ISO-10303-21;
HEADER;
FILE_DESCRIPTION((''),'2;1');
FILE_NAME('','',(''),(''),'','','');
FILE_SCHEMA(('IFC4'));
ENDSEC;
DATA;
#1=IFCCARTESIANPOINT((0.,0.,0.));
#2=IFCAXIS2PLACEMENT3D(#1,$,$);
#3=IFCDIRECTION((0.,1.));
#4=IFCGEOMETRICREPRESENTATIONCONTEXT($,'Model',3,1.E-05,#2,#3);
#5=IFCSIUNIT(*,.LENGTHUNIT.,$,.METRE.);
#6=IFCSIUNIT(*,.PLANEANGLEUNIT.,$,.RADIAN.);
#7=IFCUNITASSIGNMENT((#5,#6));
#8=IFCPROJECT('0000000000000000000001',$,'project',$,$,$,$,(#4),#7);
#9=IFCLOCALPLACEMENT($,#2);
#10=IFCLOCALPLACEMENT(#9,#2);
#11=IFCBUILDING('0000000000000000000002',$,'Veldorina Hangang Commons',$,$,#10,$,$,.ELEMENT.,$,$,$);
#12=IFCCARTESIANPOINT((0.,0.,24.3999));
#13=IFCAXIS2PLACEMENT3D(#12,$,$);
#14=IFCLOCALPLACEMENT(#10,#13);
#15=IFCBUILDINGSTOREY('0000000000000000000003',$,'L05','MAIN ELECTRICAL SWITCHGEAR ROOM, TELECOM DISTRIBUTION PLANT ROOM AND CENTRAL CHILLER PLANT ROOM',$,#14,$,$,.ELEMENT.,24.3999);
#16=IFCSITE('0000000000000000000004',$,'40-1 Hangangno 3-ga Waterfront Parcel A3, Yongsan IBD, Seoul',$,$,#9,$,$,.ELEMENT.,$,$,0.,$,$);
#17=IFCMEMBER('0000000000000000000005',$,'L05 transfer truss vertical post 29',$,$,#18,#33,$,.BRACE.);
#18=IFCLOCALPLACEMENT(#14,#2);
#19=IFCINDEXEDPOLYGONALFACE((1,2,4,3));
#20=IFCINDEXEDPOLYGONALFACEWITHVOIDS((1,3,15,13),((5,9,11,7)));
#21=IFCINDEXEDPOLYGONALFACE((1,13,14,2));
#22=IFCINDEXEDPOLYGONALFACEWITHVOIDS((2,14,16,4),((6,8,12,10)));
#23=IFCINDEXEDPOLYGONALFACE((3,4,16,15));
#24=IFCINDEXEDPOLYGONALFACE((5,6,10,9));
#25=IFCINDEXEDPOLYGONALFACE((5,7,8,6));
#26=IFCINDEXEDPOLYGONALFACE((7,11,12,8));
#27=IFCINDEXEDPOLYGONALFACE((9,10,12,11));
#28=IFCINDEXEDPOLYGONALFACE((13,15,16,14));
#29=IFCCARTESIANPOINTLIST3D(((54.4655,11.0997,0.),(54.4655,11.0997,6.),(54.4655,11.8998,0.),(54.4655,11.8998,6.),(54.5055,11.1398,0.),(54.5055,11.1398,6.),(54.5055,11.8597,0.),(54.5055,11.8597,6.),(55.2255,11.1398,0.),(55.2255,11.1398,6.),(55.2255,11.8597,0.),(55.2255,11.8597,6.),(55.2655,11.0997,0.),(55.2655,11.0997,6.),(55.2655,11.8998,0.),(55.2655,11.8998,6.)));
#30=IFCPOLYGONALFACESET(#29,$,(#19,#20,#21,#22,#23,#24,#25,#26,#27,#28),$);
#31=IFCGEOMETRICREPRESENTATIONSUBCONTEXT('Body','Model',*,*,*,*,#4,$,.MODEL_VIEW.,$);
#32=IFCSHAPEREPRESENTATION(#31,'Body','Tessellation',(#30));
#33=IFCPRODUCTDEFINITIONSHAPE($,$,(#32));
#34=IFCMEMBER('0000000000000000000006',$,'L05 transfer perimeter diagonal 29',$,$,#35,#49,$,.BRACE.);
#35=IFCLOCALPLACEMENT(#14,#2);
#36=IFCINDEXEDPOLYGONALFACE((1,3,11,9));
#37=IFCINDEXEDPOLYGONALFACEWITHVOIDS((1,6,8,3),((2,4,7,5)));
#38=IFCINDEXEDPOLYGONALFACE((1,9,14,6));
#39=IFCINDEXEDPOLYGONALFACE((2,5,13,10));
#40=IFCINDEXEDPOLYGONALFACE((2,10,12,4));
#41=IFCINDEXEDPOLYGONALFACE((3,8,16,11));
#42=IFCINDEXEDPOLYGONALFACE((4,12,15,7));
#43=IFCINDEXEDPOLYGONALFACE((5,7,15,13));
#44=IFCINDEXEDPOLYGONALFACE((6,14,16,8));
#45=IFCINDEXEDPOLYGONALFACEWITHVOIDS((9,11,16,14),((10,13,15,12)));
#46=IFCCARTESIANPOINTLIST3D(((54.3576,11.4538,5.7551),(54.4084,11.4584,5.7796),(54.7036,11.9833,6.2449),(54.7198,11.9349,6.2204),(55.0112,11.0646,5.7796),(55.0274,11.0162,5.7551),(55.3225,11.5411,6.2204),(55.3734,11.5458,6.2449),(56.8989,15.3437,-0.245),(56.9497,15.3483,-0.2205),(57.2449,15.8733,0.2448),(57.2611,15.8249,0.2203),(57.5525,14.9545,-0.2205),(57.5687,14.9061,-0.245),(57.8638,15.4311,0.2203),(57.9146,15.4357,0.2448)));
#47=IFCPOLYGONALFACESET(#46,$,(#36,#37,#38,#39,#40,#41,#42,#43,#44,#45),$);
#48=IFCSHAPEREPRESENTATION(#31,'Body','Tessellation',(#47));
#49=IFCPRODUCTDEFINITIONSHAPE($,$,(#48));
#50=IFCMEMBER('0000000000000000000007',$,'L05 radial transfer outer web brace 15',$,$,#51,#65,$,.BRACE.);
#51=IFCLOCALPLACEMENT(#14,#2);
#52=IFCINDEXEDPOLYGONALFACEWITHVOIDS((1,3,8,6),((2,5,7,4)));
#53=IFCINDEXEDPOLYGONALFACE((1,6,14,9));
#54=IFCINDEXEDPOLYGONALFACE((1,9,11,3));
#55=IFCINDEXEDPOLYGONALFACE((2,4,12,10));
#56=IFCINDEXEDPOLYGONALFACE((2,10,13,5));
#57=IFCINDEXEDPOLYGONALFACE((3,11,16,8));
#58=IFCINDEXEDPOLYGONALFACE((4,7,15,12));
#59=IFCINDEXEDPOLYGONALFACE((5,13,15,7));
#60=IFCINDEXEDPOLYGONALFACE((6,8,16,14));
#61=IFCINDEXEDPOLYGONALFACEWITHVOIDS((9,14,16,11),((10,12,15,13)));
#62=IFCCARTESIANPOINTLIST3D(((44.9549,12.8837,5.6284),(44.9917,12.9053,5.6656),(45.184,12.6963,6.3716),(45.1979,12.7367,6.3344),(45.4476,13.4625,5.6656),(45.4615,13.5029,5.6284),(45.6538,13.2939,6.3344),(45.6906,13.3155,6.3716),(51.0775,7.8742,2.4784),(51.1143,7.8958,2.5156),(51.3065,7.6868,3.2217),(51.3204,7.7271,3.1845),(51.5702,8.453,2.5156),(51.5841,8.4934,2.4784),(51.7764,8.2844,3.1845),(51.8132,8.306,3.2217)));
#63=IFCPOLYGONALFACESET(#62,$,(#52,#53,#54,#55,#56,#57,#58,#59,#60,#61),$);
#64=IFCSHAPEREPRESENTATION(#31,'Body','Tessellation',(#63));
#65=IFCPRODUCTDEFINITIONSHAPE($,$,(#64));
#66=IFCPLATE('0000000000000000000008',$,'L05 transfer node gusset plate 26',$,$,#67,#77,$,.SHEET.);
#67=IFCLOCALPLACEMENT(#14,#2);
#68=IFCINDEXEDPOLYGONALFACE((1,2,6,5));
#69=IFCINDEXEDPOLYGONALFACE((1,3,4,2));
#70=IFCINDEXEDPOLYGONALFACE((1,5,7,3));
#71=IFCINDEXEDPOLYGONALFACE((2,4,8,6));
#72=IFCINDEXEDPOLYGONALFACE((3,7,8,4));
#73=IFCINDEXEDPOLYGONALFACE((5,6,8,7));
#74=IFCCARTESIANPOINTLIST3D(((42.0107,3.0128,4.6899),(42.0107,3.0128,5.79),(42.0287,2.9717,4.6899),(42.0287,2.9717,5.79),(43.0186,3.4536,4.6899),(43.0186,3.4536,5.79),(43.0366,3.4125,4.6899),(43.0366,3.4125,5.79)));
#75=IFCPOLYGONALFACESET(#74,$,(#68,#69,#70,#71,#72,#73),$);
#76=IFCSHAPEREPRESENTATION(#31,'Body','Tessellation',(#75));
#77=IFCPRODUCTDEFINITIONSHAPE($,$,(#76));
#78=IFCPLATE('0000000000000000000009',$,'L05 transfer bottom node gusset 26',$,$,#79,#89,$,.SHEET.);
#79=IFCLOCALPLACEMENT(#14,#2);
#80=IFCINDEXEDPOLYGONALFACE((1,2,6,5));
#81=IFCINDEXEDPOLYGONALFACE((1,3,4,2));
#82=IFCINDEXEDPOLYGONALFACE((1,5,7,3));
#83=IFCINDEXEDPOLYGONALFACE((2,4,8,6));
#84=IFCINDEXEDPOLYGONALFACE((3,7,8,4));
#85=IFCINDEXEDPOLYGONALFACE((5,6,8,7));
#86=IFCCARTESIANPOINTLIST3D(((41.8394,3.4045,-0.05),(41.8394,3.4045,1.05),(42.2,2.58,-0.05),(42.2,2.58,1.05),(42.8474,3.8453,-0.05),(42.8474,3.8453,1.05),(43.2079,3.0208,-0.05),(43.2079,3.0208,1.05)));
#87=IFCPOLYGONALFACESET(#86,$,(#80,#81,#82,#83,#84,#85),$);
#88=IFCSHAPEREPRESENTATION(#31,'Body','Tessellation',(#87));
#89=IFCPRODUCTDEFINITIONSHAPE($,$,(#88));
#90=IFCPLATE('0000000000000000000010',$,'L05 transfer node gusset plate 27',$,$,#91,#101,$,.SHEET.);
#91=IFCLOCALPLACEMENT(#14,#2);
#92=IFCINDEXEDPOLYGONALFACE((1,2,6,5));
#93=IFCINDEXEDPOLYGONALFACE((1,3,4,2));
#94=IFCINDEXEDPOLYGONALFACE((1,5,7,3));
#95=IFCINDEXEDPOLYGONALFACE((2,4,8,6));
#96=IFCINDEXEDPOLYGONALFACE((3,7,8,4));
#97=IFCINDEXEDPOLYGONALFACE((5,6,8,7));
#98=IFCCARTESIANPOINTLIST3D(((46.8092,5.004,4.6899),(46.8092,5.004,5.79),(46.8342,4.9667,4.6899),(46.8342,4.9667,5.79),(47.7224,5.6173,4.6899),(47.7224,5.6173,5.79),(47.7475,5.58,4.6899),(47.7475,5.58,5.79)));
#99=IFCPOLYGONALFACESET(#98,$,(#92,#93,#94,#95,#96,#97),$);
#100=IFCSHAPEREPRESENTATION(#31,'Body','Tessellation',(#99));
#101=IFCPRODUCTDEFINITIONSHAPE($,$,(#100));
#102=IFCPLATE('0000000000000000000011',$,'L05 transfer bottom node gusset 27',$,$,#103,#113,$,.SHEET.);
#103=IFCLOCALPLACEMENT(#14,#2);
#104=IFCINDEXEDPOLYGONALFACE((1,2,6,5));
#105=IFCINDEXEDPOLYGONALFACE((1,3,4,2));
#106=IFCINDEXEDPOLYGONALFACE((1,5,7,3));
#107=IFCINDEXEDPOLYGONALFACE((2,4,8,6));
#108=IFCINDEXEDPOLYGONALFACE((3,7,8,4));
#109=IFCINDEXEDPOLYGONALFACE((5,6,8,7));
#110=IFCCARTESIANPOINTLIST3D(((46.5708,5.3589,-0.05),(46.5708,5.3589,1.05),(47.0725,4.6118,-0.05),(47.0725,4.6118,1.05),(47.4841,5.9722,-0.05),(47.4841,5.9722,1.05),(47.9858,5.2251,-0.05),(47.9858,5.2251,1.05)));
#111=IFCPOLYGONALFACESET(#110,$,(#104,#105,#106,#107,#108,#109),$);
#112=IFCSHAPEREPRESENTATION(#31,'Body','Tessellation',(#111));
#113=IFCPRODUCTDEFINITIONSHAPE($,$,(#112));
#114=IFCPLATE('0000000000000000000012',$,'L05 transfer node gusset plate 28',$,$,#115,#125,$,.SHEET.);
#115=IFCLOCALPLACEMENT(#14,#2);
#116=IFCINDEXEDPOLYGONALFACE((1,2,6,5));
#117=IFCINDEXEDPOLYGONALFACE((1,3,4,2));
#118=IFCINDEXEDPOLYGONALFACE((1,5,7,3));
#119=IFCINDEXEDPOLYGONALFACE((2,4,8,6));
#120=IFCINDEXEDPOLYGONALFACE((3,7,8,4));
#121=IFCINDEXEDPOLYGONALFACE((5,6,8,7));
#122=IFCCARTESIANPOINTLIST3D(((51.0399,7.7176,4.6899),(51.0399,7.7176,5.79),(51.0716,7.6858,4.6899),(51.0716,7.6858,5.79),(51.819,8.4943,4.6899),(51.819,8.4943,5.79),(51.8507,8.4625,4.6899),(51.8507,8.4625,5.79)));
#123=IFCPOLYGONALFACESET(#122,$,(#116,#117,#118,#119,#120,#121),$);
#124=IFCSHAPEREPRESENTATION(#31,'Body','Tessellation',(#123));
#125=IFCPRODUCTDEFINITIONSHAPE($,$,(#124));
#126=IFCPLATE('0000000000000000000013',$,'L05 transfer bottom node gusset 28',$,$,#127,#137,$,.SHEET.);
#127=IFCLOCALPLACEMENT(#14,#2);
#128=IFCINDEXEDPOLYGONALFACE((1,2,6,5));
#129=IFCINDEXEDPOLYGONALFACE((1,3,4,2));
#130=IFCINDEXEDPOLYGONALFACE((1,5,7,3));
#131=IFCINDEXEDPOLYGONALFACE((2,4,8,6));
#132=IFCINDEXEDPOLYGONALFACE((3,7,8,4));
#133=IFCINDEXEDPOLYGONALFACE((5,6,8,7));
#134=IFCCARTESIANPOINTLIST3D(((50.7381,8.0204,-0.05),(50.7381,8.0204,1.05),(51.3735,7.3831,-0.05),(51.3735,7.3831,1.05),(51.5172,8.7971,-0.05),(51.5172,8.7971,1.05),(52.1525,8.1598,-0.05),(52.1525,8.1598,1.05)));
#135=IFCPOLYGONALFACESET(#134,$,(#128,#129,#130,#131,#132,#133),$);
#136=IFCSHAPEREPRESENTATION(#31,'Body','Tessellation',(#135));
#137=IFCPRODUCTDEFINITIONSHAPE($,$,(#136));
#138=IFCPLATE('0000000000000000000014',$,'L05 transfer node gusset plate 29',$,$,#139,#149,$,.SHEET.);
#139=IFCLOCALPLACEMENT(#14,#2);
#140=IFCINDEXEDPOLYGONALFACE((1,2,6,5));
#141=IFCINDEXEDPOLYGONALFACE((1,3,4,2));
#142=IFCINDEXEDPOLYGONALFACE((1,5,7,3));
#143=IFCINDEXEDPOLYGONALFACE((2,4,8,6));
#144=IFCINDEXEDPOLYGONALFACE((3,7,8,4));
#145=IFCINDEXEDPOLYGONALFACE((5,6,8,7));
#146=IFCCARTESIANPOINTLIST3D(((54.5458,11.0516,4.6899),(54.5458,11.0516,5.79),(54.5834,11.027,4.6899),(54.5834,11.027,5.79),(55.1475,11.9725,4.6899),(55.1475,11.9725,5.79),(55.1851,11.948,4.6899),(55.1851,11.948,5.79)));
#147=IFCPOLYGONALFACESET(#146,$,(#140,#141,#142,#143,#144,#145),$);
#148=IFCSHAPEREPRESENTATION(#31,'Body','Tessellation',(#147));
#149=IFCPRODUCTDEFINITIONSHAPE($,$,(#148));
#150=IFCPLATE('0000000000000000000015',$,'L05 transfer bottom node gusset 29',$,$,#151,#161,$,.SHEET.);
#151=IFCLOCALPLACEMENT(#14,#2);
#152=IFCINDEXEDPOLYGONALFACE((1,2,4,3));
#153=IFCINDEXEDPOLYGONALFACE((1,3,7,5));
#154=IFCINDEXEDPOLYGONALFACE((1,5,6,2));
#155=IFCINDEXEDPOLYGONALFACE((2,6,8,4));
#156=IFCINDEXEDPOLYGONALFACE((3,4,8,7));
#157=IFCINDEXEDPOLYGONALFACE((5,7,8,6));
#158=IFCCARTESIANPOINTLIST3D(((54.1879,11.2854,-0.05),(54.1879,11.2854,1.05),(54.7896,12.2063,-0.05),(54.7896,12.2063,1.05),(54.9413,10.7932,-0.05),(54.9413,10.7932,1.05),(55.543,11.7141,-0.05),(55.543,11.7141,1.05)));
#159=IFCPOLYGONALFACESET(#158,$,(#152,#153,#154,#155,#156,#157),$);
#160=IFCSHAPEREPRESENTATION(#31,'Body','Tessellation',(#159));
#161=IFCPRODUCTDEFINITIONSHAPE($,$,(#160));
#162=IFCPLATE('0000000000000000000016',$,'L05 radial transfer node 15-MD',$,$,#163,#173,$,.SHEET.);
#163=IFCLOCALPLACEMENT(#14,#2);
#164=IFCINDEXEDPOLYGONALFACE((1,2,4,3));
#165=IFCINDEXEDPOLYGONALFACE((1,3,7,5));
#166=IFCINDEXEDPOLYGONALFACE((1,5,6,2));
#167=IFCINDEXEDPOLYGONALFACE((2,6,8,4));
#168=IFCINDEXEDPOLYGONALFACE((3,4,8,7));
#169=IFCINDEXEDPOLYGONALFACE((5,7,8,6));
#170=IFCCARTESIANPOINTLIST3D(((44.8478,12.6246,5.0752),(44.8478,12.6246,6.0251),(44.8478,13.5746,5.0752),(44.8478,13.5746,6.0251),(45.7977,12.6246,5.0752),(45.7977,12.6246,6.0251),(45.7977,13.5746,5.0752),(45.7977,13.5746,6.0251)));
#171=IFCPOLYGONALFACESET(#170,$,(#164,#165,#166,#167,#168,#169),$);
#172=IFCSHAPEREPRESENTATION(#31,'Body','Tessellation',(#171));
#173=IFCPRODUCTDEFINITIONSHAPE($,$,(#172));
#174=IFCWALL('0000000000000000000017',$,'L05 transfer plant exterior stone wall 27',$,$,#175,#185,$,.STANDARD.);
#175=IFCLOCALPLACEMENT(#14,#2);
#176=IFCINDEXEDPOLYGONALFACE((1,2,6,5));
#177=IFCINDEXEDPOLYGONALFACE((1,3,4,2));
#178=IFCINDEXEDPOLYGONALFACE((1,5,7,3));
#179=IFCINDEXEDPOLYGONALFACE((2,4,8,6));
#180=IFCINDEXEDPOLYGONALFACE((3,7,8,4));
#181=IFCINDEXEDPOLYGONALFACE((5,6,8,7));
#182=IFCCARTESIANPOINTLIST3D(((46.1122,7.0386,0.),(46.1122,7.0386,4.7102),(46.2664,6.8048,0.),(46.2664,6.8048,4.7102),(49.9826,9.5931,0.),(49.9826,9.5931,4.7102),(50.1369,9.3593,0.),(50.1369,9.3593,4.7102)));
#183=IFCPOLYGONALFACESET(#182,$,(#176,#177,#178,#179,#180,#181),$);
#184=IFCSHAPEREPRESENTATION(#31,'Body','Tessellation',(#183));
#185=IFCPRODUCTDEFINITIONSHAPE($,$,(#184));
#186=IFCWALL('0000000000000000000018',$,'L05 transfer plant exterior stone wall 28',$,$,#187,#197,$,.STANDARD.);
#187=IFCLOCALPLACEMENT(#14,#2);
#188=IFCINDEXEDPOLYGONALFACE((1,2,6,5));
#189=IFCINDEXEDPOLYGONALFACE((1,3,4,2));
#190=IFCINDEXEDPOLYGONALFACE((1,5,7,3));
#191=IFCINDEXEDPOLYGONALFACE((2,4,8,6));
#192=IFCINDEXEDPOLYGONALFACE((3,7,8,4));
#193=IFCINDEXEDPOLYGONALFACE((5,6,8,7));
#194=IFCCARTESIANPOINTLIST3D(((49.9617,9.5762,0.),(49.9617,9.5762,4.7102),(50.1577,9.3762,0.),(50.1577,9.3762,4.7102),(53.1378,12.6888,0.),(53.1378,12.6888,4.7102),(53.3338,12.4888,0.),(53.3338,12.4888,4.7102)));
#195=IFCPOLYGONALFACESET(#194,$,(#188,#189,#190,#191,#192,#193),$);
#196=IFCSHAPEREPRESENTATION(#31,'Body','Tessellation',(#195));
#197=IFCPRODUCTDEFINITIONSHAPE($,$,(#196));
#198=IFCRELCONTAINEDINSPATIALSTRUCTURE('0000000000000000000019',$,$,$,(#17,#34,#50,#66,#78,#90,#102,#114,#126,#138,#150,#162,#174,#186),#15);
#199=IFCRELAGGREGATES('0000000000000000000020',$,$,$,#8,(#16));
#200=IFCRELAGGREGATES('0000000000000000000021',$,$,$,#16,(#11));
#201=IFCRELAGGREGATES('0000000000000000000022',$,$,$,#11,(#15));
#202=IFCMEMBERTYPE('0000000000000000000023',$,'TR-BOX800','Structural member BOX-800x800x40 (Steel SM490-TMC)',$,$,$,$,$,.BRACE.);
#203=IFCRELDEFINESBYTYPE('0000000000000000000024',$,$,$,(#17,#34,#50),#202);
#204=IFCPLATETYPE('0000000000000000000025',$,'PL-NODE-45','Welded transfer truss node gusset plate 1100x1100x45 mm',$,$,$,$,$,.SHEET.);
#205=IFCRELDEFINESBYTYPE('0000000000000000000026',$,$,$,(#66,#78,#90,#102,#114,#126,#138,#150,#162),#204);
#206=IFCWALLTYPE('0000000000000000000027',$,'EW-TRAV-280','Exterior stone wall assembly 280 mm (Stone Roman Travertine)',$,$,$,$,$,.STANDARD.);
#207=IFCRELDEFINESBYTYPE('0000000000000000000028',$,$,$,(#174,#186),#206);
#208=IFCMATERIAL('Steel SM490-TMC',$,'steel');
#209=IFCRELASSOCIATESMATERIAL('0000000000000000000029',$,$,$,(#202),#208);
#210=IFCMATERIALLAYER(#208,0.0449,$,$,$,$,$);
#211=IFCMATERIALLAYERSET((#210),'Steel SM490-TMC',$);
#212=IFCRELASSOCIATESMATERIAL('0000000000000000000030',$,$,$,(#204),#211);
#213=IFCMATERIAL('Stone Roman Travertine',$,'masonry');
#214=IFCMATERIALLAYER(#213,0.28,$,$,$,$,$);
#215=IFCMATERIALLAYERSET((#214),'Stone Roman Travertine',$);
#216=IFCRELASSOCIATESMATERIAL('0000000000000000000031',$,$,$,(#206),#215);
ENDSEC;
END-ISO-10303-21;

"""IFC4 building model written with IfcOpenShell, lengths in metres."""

from ifc_helpers import new_model, si_unit, direction, frame, frame_2d, origin, origin_2d, place, context, subcontext, project, spatial, rectangle, hollow_rectangle, extrude, material, layer, layer_set, material_profile, profile_set, type_object, element, save


model = new_model("IFC4")

# Units and contexts
model_context = context("Model", 3, precision=1e-05, world=origin(), true_north=direction((0.0, 1.0)))
body_context = subcontext(model_context, "Body", "Model", "MODEL_VIEW")
ifc_project = project(units=[si_unit("LENGTHUNIT", "METRE"), si_unit("PLANEANGLEUNIT", "RADIAN")], contexts=[model_context])

# Site, building, storey
site_placement = place(None, origin())
site = spatial("IfcSite", under=ifc_project, at=site_placement, Name="40-1 Hangangno 3-ga Waterfront Parcel A3, Yongsan IBD, Seoul", CompositionType="ELEMENT", RefElevation=0.0)
building_placement = place(site_placement, origin())
building = spatial("IfcBuilding", under=site, at=building_placement, Name="Veldorina Hangang Commons", CompositionType="ELEMENT")
storey_placement = place(building_placement, frame((0.0, 0.0, 24.3999)))
storey = spatial("IfcBuildingStorey", under=building, at=storey_placement, Name="L05", Description="MAIN ELECTRICAL SWITCHGEAR ROOM, TELECOM DISTRIBUTION PLANT ROOM AND CENTRAL CHILLER PLANT ROOM", CompositionType="ELEMENT", Elevation=24.3999)

# Shared definitions
ifc_material_1 = material(Name="Steel SM490-TMC", Category="steel")

# Members
ifc_material_profile_1 = material_profile(ifc_material_1, hollow_rectangle(XDim=0.8, YDim=0.8, WallThickness=0.04, at=origin_2d()), Name="BOX-800x800x40")
ifc_profile_set_1 = profile_set([ifc_material_profile_1], Name="Steel SM490-TMC")
member_type = type_object("IfcMemberType", Name="TR-BOX800", Description="Structural member BOX-800x800x40 (Steel SM490-TMC)", PredefinedType="BRACE", material=ifc_profile_set_1)
member_1_placement = place(storey_placement, frame((54.8655, 11.4998, 0.0), z_axis=(0.0, 0.0, 1.0), x_axis=(1.0, 0.0, 0.0)))
element("IfcMember", 1, at=member_1_placement, inside=storey, type_object=member_type, Name="L05 transfer truss vertical post 29", PredefinedType="BRACE", context=body_context, shape_type="SweptSolid", body=[
    extrude(hollow_rectangle(XDim=0.8, YDim=0.8, WallThickness=0.04, at=origin_2d()), origin(), (0.0, 0.0, 1.0), 6.0),
])
member_2_placement = place(storey_placement, frame((54.8655, 11.4998, 6.0), z_axis=(0.334872, 0.512586, -0.790643), x_axis=(-0.83718, 0.546928, 0.0)))
element("IfcMember", 2, at=member_2_placement, inside=storey, type_object=member_type, Name="L05 transfer perimeter diagonal 29", PredefinedType="BRACE", context=body_context, shape_type="SweptSolid", body=[
    extrude(hollow_rectangle(XDim=0.8, YDim=0.8, WallThickness=0.04, at=origin_2d()), origin(), (0.0, 0.0, 1.0), 7.5889),
])
member_3_placement = place(storey_placement, frame((45.3228, 13.0996, 6.0), z_axis=(0.719044, -0.588327, -0.36993), x_axis=(0.63325, 0.773948, 0.0)))
element("IfcMember", 3, at=member_3_placement, inside=storey, type_object=member_type, Name="L05 radial transfer outer web brace 15", PredefinedType="BRACE", context=body_context, shape_type="SweptSolid", body=[
    extrude(hollow_rectangle(XDim=0.8, YDim=0.8, WallThickness=0.04, at=origin_2d()), origin(), (0.0, 0.0, 1.0), 8.5149),
])

# Plates
ifc_layer_1 = layer(ifc_material_1, 0.0449)
ifc_layer_set_1 = layer_set([ifc_layer_1], Name="Steel SM490-TMC")
plate_type = type_object("IfcPlateType", Name="PL-NODE-45", Description="Welded transfer truss node gusset plate 1100x1100x45 mm", PredefinedType="SHEET", material=ifc_layer_set_1)
plate_1_placement = place(storey_placement, frame((42.5237, 3.2126, 4.6899), z_axis=(0.0, 0.0, 1.0), x_axis=(0.916216, 0.400685, 0.0)))
element("IfcPlate", 4, at=plate_1_placement, inside=storey, type_object=plate_type, Name="L05 transfer node gusset plate 26", PredefinedType="SHEET", context=body_context, shape_type="SweptSolid", body=[
    extrude(rectangle(XDim=1.1001, YDim=0.0449, at=origin_2d()), origin(), (0.0, 0.0, 1.0), 1.1001),
])
plate_2_placement = place(storey_placement, frame((42.5237, 3.2126, -0.05), z_axis=(0.0, 0.0, 1.0), x_axis=(0.916216, 0.400685, 0.0)))
element("IfcPlate", 5, at=plate_2_placement, inside=storey, type_object=plate_type, Name="L05 transfer bottom node gusset 26", PredefinedType="SHEET", context=body_context, shape_type="SweptSolid", body=[
    extrude(rectangle(XDim=1.1001, YDim=0.8999, at=origin_2d()), origin(), (0.0, 0.0, 1.0), 1.1001),
])
plate_3_placement = place(storey_placement, frame((47.2783, 5.292, 4.6899), z_axis=(0.0, 0.0, 1.0), x_axis=(0.830197, 0.55747, 0.0)))
element("IfcPlate", 6, at=plate_3_placement, inside=storey, type_object=plate_type, Name="L05 transfer node gusset plate 27", PredefinedType="SHEET", context=body_context, shape_type="SweptSolid", body=[
    extrude(rectangle(XDim=1.1001, YDim=0.0449, at=origin_2d()), origin(), (0.0, 0.0, 1.0), 1.1001),
])
plate_4_placement = place(storey_placement, frame((47.2783, 5.292, -0.05), z_axis=(0.0, 0.0, 1.0), x_axis=(0.830197, 0.55747, 0.0)))
element("IfcPlate", 7, at=plate_4_placement, inside=storey, type_object=plate_type, Name="L05 transfer bottom node gusset 27", PredefinedType="SHEET", context=body_context, shape_type="SweptSolid", body=[
    extrude(rectangle(XDim=1.1001, YDim=0.8999, at=origin_2d()), origin(), (0.0, 0.0, 1.0), 1.1001),
])
plate_5_placement = place(storey_placement, frame((51.4453, 8.0901, 4.6899), z_axis=(0.0, 0.0, 1.0), x_axis=(0.70818, 0.706032, 0.0)))
element("IfcPlate", 8, at=plate_5_placement, inside=storey, type_object=plate_type, Name="L05 transfer node gusset plate 28", PredefinedType="SHEET", context=body_context, shape_type="SweptSolid", body=[
    extrude(rectangle(XDim=1.1001, YDim=0.0449, at=origin_2d()), origin(), (0.0, 0.0, 1.0), 1.1001),
])
plate_6_placement = place(storey_placement, frame((51.4453, 8.0901, -0.05), z_axis=(0.0, 0.0, 1.0), x_axis=(0.70818, 0.706032, 0.0)))
element("IfcPlate", 9, at=plate_6_placement, inside=storey, type_object=plate_type, Name="L05 transfer bottom node gusset 28", PredefinedType="SHEET", context=body_context, shape_type="SweptSolid", body=[
    extrude(rectangle(XDim=1.1001, YDim=0.8999, at=origin_2d()), origin(), (0.0, 0.0, 1.0), 1.1001),
])
plate_7_placement = place(storey_placement, frame((54.8655, 11.4998, 4.6899), z_axis=(0.0, 0.0, 1.0), x_axis=(0.546935, 0.837175, 0.0)))
element("IfcPlate", 10, at=plate_7_placement, inside=storey, type_object=plate_type, Name="L05 transfer node gusset plate 29", PredefinedType="SHEET", context=body_context, shape_type="SweptSolid", body=[
    extrude(rectangle(XDim=1.1001, YDim=0.0449, at=origin_2d()), origin(), (0.0, 0.0, 1.0), 1.1001),
])
plate_8_placement = place(storey_placement, frame((54.8655, 11.4998, -0.05), z_axis=(0.0, 0.0, 1.0), x_axis=(0.546935, 0.837175, 0.0)))
element("IfcPlate", 11, at=plate_8_placement, inside=storey, type_object=plate_type, Name="L05 transfer bottom node gusset 29", PredefinedType="SHEET", context=body_context, shape_type="SweptSolid", body=[
    extrude(rectangle(XDim=1.1001, YDim=0.8999, at=origin_2d()), origin(), (0.0, 0.0, 1.0), 1.1001),
])
plate_9_placement = place(storey_placement, frame((45.3228, 13.0996, 5.0752), z_axis=(0.0, 0.0, 1.0), x_axis=(1.0, 0.0, 0.0)))
element("IfcPlate", 12, at=plate_9_placement, inside=storey, type_object=plate_type, Name="L05 radial transfer node 15-MD", PredefinedType="SHEET", context=body_context, shape_type="SweptSolid", body=[
    extrude(rectangle(XDim=0.95, YDim=0.95, at=origin_2d()), origin(), (0.0, 0.0, 1.0), 0.95),
])

# Walls
ifc_material_2 = material(Name="Stone Roman Travertine", Category="masonry")
ifc_layer_2 = layer(ifc_material_2, 0.28)
ifc_layer_set_2 = layer_set([ifc_layer_2], Name="Stone Roman Travertine")
wall_type_1 = type_object("IfcWallType", Name="EW-TRAV-280", Description="Exterior stone wall assembly 280 mm (Stone Roman Travertine)", PredefinedType="STANDARD", material=ifc_layer_set_2)
wall_1_placement = place(storey_placement, frame((46.1892, 6.9216, 0.0), z_axis=(0.0, 0.0, 1.0), x_axis=(0.834609, 0.550843, 0.0)))
element("IfcWall", 13, at=wall_1_placement, inside=storey, type_object=wall_type_1, Name="L05 transfer plant exterior stone wall 27", PredefinedType="STANDARD", context=body_context, shape_type="SweptSolid", body=[
    extrude(rectangle(XDim=4.6375, YDim=0.28, at=frame_2d((2.3188, 0.0))), origin(), (0.0, 0.0, 1.0), 4.7102),
])
wall_2_placement = place(storey_placement, frame((50.0596, 9.4761, 0.0), z_axis=(0.0, 0.0, 1.0), x_axis=(0.714208, 0.699934, 0.0)))
element("IfcWall", 14, at=wall_2_placement, inside=storey, type_object=wall_type_1, Name="L05 transfer plant exterior stone wall 28", PredefinedType="STANDARD", context=body_context, shape_type="SweptSolid", body=[
    extrude(rectangle(XDim=4.447, YDim=0.28, at=frame_2d((2.2236, 0.0))), origin(), (0.0, 0.0, 1.0), 4.7102),
])

save(model, "model.ifc")
